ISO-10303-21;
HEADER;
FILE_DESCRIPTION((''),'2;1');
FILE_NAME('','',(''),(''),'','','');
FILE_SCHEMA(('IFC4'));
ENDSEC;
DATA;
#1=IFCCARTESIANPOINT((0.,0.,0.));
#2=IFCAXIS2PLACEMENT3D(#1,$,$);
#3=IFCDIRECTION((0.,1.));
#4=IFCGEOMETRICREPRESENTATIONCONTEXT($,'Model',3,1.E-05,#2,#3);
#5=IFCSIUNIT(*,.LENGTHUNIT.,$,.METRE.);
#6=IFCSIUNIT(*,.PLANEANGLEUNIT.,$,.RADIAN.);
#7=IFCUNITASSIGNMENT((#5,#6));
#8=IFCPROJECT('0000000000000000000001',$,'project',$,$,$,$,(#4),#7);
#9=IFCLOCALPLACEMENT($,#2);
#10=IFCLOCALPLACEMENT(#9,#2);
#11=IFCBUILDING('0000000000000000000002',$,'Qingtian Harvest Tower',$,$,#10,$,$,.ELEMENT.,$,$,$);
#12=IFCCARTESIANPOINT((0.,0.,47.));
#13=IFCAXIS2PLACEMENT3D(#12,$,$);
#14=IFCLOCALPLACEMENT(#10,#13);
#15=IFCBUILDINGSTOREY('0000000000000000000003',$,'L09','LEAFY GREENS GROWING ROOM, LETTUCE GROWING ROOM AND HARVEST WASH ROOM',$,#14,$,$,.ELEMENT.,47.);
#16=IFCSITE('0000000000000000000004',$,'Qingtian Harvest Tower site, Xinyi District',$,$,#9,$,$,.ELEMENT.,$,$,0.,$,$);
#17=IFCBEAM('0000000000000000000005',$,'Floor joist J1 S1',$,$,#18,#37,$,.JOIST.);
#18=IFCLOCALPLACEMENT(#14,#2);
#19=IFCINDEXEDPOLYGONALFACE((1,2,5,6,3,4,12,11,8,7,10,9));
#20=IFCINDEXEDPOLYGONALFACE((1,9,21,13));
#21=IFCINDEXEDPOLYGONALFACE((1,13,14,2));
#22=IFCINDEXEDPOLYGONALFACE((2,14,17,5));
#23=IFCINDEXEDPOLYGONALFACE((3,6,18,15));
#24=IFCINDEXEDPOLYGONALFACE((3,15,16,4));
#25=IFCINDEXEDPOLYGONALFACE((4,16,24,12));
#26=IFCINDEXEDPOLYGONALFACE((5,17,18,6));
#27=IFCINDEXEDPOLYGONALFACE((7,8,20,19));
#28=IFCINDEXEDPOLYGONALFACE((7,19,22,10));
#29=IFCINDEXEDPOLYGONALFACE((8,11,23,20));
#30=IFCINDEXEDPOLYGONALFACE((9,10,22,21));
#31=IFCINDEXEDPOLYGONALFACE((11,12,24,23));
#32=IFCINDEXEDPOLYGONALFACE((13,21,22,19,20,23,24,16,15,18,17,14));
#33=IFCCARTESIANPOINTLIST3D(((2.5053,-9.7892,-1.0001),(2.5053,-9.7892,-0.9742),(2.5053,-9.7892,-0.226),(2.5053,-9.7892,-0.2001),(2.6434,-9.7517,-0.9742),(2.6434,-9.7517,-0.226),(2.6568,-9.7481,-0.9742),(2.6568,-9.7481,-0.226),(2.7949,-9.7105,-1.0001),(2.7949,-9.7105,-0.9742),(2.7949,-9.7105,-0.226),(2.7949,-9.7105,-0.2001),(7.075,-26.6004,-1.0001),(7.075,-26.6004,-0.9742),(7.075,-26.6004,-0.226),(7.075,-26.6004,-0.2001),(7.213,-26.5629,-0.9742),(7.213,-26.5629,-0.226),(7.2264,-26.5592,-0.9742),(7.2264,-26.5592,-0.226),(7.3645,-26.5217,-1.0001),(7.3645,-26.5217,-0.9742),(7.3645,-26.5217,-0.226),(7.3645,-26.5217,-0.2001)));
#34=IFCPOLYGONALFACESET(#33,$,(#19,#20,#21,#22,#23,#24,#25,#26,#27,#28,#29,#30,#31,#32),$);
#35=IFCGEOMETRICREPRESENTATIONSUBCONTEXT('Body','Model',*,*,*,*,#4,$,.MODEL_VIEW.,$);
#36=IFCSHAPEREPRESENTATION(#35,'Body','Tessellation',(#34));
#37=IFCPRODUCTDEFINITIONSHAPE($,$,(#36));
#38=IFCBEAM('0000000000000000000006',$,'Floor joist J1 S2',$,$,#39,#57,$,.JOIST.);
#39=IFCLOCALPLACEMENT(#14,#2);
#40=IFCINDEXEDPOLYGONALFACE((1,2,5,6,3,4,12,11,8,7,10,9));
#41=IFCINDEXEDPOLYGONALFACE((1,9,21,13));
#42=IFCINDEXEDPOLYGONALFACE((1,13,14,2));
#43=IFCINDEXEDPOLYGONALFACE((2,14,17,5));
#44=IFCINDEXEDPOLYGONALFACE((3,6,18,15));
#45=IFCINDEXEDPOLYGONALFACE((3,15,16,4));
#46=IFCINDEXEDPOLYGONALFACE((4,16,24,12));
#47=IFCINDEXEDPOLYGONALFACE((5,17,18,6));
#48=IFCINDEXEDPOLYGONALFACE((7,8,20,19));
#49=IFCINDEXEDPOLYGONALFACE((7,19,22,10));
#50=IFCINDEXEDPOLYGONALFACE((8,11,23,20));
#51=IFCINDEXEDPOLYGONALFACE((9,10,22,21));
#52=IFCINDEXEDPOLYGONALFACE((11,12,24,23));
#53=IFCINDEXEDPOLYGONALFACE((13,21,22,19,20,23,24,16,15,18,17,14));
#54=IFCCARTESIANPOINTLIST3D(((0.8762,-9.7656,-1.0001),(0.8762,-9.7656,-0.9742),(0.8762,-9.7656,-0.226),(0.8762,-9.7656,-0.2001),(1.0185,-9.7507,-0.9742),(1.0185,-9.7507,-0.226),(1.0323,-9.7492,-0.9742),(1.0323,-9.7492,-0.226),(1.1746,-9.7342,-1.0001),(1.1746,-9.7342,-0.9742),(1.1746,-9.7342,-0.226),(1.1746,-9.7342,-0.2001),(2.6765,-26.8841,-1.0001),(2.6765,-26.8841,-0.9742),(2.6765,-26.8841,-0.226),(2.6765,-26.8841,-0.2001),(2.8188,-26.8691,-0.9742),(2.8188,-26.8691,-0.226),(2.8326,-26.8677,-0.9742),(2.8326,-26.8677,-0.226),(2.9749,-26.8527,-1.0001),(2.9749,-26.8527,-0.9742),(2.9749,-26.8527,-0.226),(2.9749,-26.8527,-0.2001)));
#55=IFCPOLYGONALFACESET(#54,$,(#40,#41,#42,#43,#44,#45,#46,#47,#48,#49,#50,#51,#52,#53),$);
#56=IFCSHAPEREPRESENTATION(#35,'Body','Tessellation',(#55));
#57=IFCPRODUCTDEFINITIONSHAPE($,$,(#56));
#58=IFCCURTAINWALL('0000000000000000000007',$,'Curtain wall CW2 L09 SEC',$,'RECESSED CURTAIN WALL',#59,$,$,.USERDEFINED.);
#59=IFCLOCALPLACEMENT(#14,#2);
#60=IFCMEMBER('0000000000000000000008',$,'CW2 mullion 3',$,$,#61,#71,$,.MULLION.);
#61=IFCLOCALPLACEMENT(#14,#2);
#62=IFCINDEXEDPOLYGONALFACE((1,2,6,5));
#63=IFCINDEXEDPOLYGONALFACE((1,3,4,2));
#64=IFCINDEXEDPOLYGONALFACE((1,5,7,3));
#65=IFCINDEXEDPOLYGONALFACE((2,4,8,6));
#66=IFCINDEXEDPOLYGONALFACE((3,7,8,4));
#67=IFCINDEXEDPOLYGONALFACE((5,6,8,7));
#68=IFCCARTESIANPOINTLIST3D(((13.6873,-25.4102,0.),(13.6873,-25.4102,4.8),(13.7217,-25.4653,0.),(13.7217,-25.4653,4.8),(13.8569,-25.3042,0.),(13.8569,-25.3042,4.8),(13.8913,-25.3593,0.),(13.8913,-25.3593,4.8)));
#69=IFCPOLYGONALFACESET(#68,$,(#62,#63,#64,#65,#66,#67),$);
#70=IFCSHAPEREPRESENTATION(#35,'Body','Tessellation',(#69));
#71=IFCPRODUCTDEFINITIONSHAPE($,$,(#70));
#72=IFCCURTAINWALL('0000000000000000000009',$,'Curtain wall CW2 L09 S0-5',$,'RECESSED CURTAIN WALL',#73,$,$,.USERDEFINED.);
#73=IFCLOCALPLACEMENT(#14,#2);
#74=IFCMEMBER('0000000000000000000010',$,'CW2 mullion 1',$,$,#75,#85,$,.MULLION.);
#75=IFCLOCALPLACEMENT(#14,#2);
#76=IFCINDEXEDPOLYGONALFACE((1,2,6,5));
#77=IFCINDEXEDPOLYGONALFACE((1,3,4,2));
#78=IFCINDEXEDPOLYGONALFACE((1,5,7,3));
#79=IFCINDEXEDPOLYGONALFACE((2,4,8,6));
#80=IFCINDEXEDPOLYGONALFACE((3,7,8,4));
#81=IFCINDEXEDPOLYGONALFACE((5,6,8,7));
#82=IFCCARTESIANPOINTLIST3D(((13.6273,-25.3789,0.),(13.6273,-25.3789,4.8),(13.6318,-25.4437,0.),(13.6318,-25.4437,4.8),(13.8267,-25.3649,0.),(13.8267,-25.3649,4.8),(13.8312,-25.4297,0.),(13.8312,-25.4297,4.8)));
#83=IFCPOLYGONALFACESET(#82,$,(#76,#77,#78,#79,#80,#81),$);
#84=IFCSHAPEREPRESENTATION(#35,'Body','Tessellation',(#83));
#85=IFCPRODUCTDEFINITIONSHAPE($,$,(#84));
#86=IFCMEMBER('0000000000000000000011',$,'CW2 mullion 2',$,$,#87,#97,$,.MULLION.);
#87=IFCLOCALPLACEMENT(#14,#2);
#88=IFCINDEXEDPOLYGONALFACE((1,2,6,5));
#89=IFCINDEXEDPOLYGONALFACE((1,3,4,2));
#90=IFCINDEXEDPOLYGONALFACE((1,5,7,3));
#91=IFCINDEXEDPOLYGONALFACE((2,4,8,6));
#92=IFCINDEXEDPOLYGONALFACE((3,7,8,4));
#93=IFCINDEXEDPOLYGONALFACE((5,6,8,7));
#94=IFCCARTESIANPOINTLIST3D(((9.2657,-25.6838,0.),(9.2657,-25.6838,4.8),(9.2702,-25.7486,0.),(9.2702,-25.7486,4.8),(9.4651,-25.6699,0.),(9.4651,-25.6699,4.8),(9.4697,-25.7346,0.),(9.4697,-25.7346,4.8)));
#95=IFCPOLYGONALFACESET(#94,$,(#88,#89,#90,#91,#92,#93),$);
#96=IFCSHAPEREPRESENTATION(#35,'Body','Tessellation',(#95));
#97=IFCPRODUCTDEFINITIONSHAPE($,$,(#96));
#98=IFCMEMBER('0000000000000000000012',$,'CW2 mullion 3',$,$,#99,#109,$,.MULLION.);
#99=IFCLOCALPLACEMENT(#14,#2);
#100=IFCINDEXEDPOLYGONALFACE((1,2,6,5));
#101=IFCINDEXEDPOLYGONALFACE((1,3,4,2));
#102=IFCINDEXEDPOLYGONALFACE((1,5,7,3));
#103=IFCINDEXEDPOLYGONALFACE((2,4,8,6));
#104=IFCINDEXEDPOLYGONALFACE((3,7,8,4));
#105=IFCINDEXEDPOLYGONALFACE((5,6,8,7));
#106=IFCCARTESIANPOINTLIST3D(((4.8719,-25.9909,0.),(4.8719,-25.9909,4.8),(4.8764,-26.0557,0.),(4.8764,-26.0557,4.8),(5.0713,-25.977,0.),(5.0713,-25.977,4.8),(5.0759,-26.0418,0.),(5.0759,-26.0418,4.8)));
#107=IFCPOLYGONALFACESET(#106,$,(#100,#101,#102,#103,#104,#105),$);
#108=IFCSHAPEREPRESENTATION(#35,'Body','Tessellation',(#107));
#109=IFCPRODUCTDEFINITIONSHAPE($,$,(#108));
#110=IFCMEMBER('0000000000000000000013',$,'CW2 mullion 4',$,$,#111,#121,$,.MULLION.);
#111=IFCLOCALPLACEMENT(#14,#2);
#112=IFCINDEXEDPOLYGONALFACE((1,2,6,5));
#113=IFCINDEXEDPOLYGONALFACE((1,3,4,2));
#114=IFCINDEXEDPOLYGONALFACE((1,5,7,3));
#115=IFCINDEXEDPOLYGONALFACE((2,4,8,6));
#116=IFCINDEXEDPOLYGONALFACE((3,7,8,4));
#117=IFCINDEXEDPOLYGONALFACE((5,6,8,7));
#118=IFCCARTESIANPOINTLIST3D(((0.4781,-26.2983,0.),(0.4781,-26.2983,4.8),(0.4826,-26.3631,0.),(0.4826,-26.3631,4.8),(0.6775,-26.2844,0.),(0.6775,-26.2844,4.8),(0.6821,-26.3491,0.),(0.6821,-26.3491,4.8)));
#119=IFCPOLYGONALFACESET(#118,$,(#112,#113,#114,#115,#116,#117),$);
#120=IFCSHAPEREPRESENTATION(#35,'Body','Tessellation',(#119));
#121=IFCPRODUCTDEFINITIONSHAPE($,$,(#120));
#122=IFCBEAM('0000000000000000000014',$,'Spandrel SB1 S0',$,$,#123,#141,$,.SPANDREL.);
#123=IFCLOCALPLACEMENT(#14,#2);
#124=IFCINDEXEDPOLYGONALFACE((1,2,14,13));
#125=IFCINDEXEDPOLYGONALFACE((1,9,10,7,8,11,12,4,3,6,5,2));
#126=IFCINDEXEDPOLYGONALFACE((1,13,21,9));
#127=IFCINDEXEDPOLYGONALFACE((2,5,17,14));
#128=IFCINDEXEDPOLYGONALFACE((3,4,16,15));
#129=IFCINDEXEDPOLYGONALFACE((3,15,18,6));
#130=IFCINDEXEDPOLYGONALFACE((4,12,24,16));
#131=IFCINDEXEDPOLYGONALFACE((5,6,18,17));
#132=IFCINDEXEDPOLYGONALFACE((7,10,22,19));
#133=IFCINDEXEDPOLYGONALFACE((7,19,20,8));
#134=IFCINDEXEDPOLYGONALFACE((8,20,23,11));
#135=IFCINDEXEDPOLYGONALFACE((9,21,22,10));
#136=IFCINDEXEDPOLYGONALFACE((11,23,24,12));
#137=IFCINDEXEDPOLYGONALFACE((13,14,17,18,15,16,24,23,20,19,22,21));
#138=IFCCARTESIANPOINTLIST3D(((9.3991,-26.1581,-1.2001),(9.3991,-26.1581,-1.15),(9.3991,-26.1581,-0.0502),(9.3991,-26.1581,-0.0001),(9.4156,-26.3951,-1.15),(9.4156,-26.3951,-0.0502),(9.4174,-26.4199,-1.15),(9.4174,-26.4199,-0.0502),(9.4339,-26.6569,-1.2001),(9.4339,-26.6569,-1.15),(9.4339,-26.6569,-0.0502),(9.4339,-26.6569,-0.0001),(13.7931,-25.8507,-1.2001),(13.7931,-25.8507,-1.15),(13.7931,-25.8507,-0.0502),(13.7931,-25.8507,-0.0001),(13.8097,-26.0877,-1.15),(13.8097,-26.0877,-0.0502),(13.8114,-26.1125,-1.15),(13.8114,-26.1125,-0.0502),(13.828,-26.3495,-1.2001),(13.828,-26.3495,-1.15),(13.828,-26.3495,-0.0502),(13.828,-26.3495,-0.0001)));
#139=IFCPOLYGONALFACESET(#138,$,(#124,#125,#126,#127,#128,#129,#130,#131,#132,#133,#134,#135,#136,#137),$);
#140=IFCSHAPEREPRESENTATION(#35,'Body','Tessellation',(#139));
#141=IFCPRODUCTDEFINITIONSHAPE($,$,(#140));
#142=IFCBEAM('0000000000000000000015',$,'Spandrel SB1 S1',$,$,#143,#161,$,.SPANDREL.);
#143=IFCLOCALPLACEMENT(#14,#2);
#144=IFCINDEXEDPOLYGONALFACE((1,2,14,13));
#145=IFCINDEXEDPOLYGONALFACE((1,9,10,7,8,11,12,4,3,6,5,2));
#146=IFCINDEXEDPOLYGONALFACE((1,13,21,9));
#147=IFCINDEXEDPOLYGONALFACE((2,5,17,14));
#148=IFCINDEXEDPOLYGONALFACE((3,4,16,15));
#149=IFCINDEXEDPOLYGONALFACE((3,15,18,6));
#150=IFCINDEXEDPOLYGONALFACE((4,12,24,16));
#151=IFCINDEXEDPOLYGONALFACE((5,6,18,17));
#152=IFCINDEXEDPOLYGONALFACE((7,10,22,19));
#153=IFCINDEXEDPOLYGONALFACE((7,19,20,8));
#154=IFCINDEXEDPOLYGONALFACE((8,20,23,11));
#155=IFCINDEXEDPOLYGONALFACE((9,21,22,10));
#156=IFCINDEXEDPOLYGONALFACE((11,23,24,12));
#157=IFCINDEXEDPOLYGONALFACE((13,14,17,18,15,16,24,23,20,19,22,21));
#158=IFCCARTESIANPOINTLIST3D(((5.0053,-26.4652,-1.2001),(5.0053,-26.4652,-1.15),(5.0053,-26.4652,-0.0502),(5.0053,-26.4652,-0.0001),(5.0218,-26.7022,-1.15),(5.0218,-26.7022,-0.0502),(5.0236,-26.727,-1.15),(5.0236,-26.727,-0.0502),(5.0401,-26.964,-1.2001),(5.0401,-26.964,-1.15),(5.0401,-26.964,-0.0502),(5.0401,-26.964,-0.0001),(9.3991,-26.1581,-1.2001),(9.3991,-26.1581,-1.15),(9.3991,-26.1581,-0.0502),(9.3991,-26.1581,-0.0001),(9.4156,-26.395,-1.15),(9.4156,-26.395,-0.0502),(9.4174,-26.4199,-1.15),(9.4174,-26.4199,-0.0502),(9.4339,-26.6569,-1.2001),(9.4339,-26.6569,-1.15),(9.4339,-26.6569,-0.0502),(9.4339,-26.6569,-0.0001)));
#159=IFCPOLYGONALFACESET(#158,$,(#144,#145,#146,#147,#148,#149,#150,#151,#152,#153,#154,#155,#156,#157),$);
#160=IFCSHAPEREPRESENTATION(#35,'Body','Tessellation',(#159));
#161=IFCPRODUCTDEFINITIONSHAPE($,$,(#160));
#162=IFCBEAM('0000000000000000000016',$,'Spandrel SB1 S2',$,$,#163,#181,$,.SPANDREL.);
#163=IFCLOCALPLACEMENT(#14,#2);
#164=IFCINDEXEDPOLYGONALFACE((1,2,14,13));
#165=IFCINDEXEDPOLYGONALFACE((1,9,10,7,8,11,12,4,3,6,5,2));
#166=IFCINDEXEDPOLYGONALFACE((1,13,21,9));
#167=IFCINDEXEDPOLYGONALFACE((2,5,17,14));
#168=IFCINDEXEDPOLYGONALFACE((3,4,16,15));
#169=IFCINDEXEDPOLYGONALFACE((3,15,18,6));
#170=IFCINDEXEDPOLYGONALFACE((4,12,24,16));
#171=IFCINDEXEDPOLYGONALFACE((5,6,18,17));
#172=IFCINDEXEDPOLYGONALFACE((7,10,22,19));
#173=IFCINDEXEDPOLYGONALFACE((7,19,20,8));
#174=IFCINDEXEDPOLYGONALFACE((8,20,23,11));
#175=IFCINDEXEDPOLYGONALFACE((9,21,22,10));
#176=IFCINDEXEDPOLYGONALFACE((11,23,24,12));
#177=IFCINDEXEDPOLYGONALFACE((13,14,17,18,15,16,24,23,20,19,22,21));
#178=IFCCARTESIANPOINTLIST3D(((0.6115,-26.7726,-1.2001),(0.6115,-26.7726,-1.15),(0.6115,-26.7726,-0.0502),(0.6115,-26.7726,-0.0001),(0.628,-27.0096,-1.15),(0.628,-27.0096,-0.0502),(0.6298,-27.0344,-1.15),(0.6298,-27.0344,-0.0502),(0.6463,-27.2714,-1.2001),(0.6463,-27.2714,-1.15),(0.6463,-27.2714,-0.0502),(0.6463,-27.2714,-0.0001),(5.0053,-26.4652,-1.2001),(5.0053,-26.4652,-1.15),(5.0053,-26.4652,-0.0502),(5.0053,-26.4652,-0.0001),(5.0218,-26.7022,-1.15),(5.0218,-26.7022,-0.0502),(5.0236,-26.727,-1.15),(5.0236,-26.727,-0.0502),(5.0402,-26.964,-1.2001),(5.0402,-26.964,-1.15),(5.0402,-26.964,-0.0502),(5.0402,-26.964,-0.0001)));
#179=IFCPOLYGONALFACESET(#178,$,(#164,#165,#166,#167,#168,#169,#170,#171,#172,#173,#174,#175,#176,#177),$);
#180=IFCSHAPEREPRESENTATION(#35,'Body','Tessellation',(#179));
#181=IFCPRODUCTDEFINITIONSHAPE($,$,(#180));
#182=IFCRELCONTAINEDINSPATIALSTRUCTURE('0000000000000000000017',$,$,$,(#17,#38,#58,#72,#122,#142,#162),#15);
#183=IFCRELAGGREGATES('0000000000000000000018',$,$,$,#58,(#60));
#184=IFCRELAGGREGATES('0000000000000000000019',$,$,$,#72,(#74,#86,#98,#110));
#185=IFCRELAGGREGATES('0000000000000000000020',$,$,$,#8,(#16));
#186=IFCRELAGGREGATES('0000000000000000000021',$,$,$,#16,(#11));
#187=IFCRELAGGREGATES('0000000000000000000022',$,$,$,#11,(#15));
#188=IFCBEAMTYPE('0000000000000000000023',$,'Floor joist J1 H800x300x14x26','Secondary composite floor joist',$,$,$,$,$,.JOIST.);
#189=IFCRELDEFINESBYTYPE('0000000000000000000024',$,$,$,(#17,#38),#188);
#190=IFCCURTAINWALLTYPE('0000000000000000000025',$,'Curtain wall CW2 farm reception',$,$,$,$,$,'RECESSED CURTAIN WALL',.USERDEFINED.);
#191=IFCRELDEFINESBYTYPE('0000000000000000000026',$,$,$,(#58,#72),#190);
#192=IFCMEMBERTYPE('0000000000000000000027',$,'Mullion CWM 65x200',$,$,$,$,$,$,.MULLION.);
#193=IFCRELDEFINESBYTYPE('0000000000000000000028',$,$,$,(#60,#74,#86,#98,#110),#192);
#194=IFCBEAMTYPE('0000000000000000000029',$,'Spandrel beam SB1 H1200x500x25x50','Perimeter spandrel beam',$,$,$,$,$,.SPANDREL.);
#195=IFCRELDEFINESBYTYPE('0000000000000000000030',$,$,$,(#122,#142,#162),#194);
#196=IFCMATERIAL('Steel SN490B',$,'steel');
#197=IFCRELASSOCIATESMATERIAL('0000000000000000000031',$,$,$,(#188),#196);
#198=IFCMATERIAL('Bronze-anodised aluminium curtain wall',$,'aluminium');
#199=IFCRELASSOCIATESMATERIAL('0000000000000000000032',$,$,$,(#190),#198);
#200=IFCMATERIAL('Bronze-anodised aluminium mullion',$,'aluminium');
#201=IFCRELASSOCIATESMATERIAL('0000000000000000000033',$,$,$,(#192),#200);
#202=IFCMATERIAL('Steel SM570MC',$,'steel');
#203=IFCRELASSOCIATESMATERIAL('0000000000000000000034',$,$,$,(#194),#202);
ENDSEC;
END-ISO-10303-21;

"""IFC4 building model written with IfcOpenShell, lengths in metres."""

from ifc_helpers import new_model, si_unit, direction, frame, origin, origin_2d, place, context, subcontext, project, spatial, rectangle, i_section, extrude, material, material_profile, profile_set, type_object, element, aggregate, save


model = new_model("IFC4")

# Units and contexts
model_context = context("Model", 3, precision=1e-05, world=origin(), true_north=direction((0.0, 1.0)))
body_context = subcontext(model_context, "Body", "Model", "MODEL_VIEW")
ifc_project = project(units=[si_unit("LENGTHUNIT", "METRE"), si_unit("PLANEANGLEUNIT", "RADIAN")], contexts=[model_context])

# Site, building, storey
site_placement = place(None, origin())
site = spatial("IfcSite", under=ifc_project, at=site_placement, Name="Qingtian Harvest Tower site, Xinyi District", CompositionType="ELEMENT", RefElevation=0.0)
building_placement = place(site_placement, origin())
building = spatial("IfcBuilding", under=site, at=building_placement, Name="Qingtian Harvest Tower", CompositionType="ELEMENT")
storey_placement = place(building_placement, frame((0.0, 0.0, 47.0)))
storey = spatial("IfcBuildingStorey", under=building, at=storey_placement, Name="L09", Description="LEAFY GREENS GROWING ROOM, LETTUCE GROWING ROOM AND HARVEST WASH ROOM", CompositionType="ELEMENT", Elevation=47.0)

# Beams
ifc_material_1 = material(Name="Steel SN490B", Category="steel")
ifc_material_profile_1 = material_profile(ifc_material_1, i_section(OverallWidth=0.3, OverallDepth=0.8, WebThickness=0.0139, FlangeThickness=0.0259, at=origin_2d()), Name="H800x300x14x26")
ifc_profile_set_1 = profile_set([ifc_material_profile_1], Name="Steel SN490B")
beam_type_1 = type_object("IfcBeamType", Name="Floor joist J1 H800x300x14x26", Description="Secondary composite floor joist", PredefinedType="JOIST", material=ifc_profile_set_1)
beam_1_placement = place(storey_placement, frame((7.2197, -26.561, -0.6001), z_axis=(-0.262303, 0.964986, 0.0), x_axis=(-0.964986, -0.262303, 0.0)))
element("IfcBeam", 1, at=beam_1_placement, inside=storey, type_object=beam_type_1, Name="Floor joist J1 S1", PredefinedType="JOIST", context=body_context, shape_type="SweptSolid", body=[
    extrude(i_section(OverallWidth=0.3, OverallDepth=0.8, WebThickness=0.0139, FlangeThickness=0.0259, at=origin_2d()), origin(), (0.0, 0.0, 1.0), 17.4211),
])
beam_2_placement = place(storey_placement, frame((2.8257, -26.8684, -0.6001), z_axis=(-0.10459, 0.994515, 0.0), x_axis=(-0.994515, -0.10459, 0.0)))
element("IfcBeam", 2, at=beam_2_placement, inside=storey, type_object=beam_type_1, Name="Floor joist J1 S2", PredefinedType="JOIST", context=body_context, shape_type="SweptSolid", body=[
    extrude(i_section(OverallWidth=0.3, OverallDepth=0.8, WebThickness=0.0139, FlangeThickness=0.0259, at=origin_2d()), origin(), (0.0, 0.0, 1.0), 17.2129),
])

# Curtain wall, member
ifc_material_2 = material(Name="Bronze-anodised aluminium curtain wall", Category="aluminium")
curtain_wall_type = type_object("IfcCurtainWallType", Name="Curtain wall CW2 farm reception", ElementType="RECESSED CURTAIN WALL", PredefinedType="USERDEFINED", material=ifc_material_2)
curtain_wall_1_placement = place(storey_placement, origin())
curtain_wall_1 = element("IfcCurtainWall", 3, at=curtain_wall_1_placement, inside=storey, type_object=curtain_wall_type, Name="Curtain wall CW2 L09 SEC", ObjectType="RECESSED CURTAIN WALL", PredefinedType="USERDEFINED")
ifc_material_3 = material(Name="Bronze-anodised aluminium mullion", Category="aluminium")
ifc_material_profile_2 = material_profile(ifc_material_3, rectangle(XDim=0.0649, YDim=0.2, at=origin_2d()), Name="AL 65x200")
ifc_profile_set_2 = profile_set([ifc_material_profile_2], Name="Bronze-anodised aluminium mullion")
member_type_1 = type_object("IfcMemberType", Name="Mullion CWM 65x200", PredefinedType="MULLION", material=ifc_profile_set_2)
member_1_placement = place(storey_placement, frame((13.7893, -25.3848, 0.0), z_axis=(0.0, 0.0, 1.0), x_axis=(0.529919, -0.848048, 0.0)))
member_1 = element("IfcMember", 4, at=member_1_placement, type_object=member_type_1, Name="CW2 mullion 3", PredefinedType="MULLION", context=body_context, shape_type="SweptSolid", body=[
    extrude(rectangle(XDim=0.0649, YDim=0.2, at=origin_2d()), origin(), (0.0, 0.0, 1.0), 4.8),
])
aggregate(curtain_wall_1, [member_1])

# Curtain wall, members
curtain_wall_2_placement = place(storey_placement, origin())
curtain_wall_2 = element("IfcCurtainWall", 5, at=curtain_wall_2_placement, inside=storey, type_object=curtain_wall_type, Name="Curtain wall CW2 L09 S0-5", ObjectType="RECESSED CURTAIN WALL", PredefinedType="USERDEFINED")
member_2_placement = place(storey_placement, frame((13.7292, -25.4043, 0.0), z_axis=(0.0, 0.0, 1.0), x_axis=(0.069756, -0.997564, 0.0)))
member_2 = element("IfcMember", 6, at=member_2_placement, type_object=member_type_1, Name="CW2 mullion 1", PredefinedType="MULLION", context=body_context, shape_type="SweptSolid", body=[
    extrude(rectangle(XDim=0.0649, YDim=0.2, at=origin_2d()), origin(), (0.0, 0.0, 1.0), 4.8),
])
member_3_placement = place(storey_placement, frame((9.3677, -25.7092, 0.0), z_axis=(0.0, 0.0, 1.0), x_axis=(0.069756, -0.997564, 0.0)))
member_3 = element("IfcMember", 7, at=member_3_placement, type_object=member_type_1, Name="CW2 mullion 2", PredefinedType="MULLION", context=body_context, shape_type="SweptSolid", body=[
    extrude(rectangle(XDim=0.0649, YDim=0.2, at=origin_2d()), origin(), (0.0, 0.0, 1.0), 4.8),
])
member_4_placement = place(storey_placement, frame((4.9739, -26.0164, 0.0), z_axis=(0.0, 0.0, 1.0), x_axis=(0.069756, -0.997564, 0.0)))
member_4 = element("IfcMember", 8, at=member_4_placement, type_object=member_type_1, Name="CW2 mullion 3", PredefinedType="MULLION", context=body_context, shape_type="SweptSolid", body=[
    extrude(rectangle(XDim=0.0649, YDim=0.2, at=origin_2d()), origin(), (0.0, 0.0, 1.0), 4.8),
])
member_5_placement = place(storey_placement, frame((0.5801, -26.3237, 0.0), z_axis=(0.0, 0.0, 1.0), x_axis=(0.069756, -0.997564, 0.0)))
member_5 = element("IfcMember", 9, at=member_5_placement, type_object=member_type_1, Name="CW2 mullion 4", PredefinedType="MULLION", context=body_context, shape_type="SweptSolid", body=[
    extrude(rectangle(XDim=0.0649, YDim=0.2, at=origin_2d()), origin(), (0.0, 0.0, 1.0), 4.8),
])

# Beams
ifc_material_4 = material(Name="Steel SM570MC", Category="steel")
ifc_material_profile_3 = material_profile(ifc_material_4, i_section(OverallWidth=0.5, OverallDepth=1.2, WebThickness=0.0249, FlangeThickness=0.05, at=origin_2d()), Name="H1200x500x25x50")
ifc_profile_set_3 = profile_set([ifc_material_profile_3], Name="Steel SM570MC")
beam_type_2 = type_object("IfcBeamType", Name="Spandrel beam SB1 H1200x500x25x50", Description="Perimeter spandrel beam", PredefinedType="SPANDREL", material=ifc_profile_set_3)
beam_3_placement = place(storey_placement, frame((13.8105, -26.1001, -0.6001), z_axis=(-0.997562, -0.069782, 0.0), x_axis=(0.069782, -0.997562, 0.0)))
element("IfcBeam", 10, at=beam_3_placement, inside=storey, type_object=beam_type_2, Name="Spandrel SB1 S0", PredefinedType="SPANDREL", context=body_context, shape_type="SweptSolid", body=[
    extrude(i_section(OverallWidth=0.5, OverallDepth=1.2, WebThickness=0.0249, FlangeThickness=0.05, at=origin_2d()), origin(), (0.0, 0.0, 1.0), 4.4048),
])
for number, where, z_axis, x_axis, name in (
    (11, (9.4165, -26.4075, -0.6001), (-0.997566, -0.06973, 0.0), (0.06973, -0.997566, 0.0), "Spandrel SB1 S1"),
    (12, (5.0227, -26.7146, -0.6001), (-0.997562, -0.069786, 0.0), (0.069786, -0.997562, 0.0), "Spandrel SB1 S2"),
):
    element("IfcBeam", number, at=place(storey_placement, frame(where, z_axis=z_axis, x_axis=x_axis)), inside=storey, type_object=beam_type_2, Name=name, PredefinedType="SPANDREL", context=body_context, shape_type="SweptSolid", body=[
        extrude(i_section(OverallWidth=0.5, OverallDepth=1.2, WebThickness=0.0249, FlangeThickness=0.05, at=origin_2d()), origin(), (0.0, 0.0, 1.0), 4.4045),
    ])

aggregate(curtain_wall_2, [member_2, member_3, member_4, member_5])

save(model, "model.ifc")
